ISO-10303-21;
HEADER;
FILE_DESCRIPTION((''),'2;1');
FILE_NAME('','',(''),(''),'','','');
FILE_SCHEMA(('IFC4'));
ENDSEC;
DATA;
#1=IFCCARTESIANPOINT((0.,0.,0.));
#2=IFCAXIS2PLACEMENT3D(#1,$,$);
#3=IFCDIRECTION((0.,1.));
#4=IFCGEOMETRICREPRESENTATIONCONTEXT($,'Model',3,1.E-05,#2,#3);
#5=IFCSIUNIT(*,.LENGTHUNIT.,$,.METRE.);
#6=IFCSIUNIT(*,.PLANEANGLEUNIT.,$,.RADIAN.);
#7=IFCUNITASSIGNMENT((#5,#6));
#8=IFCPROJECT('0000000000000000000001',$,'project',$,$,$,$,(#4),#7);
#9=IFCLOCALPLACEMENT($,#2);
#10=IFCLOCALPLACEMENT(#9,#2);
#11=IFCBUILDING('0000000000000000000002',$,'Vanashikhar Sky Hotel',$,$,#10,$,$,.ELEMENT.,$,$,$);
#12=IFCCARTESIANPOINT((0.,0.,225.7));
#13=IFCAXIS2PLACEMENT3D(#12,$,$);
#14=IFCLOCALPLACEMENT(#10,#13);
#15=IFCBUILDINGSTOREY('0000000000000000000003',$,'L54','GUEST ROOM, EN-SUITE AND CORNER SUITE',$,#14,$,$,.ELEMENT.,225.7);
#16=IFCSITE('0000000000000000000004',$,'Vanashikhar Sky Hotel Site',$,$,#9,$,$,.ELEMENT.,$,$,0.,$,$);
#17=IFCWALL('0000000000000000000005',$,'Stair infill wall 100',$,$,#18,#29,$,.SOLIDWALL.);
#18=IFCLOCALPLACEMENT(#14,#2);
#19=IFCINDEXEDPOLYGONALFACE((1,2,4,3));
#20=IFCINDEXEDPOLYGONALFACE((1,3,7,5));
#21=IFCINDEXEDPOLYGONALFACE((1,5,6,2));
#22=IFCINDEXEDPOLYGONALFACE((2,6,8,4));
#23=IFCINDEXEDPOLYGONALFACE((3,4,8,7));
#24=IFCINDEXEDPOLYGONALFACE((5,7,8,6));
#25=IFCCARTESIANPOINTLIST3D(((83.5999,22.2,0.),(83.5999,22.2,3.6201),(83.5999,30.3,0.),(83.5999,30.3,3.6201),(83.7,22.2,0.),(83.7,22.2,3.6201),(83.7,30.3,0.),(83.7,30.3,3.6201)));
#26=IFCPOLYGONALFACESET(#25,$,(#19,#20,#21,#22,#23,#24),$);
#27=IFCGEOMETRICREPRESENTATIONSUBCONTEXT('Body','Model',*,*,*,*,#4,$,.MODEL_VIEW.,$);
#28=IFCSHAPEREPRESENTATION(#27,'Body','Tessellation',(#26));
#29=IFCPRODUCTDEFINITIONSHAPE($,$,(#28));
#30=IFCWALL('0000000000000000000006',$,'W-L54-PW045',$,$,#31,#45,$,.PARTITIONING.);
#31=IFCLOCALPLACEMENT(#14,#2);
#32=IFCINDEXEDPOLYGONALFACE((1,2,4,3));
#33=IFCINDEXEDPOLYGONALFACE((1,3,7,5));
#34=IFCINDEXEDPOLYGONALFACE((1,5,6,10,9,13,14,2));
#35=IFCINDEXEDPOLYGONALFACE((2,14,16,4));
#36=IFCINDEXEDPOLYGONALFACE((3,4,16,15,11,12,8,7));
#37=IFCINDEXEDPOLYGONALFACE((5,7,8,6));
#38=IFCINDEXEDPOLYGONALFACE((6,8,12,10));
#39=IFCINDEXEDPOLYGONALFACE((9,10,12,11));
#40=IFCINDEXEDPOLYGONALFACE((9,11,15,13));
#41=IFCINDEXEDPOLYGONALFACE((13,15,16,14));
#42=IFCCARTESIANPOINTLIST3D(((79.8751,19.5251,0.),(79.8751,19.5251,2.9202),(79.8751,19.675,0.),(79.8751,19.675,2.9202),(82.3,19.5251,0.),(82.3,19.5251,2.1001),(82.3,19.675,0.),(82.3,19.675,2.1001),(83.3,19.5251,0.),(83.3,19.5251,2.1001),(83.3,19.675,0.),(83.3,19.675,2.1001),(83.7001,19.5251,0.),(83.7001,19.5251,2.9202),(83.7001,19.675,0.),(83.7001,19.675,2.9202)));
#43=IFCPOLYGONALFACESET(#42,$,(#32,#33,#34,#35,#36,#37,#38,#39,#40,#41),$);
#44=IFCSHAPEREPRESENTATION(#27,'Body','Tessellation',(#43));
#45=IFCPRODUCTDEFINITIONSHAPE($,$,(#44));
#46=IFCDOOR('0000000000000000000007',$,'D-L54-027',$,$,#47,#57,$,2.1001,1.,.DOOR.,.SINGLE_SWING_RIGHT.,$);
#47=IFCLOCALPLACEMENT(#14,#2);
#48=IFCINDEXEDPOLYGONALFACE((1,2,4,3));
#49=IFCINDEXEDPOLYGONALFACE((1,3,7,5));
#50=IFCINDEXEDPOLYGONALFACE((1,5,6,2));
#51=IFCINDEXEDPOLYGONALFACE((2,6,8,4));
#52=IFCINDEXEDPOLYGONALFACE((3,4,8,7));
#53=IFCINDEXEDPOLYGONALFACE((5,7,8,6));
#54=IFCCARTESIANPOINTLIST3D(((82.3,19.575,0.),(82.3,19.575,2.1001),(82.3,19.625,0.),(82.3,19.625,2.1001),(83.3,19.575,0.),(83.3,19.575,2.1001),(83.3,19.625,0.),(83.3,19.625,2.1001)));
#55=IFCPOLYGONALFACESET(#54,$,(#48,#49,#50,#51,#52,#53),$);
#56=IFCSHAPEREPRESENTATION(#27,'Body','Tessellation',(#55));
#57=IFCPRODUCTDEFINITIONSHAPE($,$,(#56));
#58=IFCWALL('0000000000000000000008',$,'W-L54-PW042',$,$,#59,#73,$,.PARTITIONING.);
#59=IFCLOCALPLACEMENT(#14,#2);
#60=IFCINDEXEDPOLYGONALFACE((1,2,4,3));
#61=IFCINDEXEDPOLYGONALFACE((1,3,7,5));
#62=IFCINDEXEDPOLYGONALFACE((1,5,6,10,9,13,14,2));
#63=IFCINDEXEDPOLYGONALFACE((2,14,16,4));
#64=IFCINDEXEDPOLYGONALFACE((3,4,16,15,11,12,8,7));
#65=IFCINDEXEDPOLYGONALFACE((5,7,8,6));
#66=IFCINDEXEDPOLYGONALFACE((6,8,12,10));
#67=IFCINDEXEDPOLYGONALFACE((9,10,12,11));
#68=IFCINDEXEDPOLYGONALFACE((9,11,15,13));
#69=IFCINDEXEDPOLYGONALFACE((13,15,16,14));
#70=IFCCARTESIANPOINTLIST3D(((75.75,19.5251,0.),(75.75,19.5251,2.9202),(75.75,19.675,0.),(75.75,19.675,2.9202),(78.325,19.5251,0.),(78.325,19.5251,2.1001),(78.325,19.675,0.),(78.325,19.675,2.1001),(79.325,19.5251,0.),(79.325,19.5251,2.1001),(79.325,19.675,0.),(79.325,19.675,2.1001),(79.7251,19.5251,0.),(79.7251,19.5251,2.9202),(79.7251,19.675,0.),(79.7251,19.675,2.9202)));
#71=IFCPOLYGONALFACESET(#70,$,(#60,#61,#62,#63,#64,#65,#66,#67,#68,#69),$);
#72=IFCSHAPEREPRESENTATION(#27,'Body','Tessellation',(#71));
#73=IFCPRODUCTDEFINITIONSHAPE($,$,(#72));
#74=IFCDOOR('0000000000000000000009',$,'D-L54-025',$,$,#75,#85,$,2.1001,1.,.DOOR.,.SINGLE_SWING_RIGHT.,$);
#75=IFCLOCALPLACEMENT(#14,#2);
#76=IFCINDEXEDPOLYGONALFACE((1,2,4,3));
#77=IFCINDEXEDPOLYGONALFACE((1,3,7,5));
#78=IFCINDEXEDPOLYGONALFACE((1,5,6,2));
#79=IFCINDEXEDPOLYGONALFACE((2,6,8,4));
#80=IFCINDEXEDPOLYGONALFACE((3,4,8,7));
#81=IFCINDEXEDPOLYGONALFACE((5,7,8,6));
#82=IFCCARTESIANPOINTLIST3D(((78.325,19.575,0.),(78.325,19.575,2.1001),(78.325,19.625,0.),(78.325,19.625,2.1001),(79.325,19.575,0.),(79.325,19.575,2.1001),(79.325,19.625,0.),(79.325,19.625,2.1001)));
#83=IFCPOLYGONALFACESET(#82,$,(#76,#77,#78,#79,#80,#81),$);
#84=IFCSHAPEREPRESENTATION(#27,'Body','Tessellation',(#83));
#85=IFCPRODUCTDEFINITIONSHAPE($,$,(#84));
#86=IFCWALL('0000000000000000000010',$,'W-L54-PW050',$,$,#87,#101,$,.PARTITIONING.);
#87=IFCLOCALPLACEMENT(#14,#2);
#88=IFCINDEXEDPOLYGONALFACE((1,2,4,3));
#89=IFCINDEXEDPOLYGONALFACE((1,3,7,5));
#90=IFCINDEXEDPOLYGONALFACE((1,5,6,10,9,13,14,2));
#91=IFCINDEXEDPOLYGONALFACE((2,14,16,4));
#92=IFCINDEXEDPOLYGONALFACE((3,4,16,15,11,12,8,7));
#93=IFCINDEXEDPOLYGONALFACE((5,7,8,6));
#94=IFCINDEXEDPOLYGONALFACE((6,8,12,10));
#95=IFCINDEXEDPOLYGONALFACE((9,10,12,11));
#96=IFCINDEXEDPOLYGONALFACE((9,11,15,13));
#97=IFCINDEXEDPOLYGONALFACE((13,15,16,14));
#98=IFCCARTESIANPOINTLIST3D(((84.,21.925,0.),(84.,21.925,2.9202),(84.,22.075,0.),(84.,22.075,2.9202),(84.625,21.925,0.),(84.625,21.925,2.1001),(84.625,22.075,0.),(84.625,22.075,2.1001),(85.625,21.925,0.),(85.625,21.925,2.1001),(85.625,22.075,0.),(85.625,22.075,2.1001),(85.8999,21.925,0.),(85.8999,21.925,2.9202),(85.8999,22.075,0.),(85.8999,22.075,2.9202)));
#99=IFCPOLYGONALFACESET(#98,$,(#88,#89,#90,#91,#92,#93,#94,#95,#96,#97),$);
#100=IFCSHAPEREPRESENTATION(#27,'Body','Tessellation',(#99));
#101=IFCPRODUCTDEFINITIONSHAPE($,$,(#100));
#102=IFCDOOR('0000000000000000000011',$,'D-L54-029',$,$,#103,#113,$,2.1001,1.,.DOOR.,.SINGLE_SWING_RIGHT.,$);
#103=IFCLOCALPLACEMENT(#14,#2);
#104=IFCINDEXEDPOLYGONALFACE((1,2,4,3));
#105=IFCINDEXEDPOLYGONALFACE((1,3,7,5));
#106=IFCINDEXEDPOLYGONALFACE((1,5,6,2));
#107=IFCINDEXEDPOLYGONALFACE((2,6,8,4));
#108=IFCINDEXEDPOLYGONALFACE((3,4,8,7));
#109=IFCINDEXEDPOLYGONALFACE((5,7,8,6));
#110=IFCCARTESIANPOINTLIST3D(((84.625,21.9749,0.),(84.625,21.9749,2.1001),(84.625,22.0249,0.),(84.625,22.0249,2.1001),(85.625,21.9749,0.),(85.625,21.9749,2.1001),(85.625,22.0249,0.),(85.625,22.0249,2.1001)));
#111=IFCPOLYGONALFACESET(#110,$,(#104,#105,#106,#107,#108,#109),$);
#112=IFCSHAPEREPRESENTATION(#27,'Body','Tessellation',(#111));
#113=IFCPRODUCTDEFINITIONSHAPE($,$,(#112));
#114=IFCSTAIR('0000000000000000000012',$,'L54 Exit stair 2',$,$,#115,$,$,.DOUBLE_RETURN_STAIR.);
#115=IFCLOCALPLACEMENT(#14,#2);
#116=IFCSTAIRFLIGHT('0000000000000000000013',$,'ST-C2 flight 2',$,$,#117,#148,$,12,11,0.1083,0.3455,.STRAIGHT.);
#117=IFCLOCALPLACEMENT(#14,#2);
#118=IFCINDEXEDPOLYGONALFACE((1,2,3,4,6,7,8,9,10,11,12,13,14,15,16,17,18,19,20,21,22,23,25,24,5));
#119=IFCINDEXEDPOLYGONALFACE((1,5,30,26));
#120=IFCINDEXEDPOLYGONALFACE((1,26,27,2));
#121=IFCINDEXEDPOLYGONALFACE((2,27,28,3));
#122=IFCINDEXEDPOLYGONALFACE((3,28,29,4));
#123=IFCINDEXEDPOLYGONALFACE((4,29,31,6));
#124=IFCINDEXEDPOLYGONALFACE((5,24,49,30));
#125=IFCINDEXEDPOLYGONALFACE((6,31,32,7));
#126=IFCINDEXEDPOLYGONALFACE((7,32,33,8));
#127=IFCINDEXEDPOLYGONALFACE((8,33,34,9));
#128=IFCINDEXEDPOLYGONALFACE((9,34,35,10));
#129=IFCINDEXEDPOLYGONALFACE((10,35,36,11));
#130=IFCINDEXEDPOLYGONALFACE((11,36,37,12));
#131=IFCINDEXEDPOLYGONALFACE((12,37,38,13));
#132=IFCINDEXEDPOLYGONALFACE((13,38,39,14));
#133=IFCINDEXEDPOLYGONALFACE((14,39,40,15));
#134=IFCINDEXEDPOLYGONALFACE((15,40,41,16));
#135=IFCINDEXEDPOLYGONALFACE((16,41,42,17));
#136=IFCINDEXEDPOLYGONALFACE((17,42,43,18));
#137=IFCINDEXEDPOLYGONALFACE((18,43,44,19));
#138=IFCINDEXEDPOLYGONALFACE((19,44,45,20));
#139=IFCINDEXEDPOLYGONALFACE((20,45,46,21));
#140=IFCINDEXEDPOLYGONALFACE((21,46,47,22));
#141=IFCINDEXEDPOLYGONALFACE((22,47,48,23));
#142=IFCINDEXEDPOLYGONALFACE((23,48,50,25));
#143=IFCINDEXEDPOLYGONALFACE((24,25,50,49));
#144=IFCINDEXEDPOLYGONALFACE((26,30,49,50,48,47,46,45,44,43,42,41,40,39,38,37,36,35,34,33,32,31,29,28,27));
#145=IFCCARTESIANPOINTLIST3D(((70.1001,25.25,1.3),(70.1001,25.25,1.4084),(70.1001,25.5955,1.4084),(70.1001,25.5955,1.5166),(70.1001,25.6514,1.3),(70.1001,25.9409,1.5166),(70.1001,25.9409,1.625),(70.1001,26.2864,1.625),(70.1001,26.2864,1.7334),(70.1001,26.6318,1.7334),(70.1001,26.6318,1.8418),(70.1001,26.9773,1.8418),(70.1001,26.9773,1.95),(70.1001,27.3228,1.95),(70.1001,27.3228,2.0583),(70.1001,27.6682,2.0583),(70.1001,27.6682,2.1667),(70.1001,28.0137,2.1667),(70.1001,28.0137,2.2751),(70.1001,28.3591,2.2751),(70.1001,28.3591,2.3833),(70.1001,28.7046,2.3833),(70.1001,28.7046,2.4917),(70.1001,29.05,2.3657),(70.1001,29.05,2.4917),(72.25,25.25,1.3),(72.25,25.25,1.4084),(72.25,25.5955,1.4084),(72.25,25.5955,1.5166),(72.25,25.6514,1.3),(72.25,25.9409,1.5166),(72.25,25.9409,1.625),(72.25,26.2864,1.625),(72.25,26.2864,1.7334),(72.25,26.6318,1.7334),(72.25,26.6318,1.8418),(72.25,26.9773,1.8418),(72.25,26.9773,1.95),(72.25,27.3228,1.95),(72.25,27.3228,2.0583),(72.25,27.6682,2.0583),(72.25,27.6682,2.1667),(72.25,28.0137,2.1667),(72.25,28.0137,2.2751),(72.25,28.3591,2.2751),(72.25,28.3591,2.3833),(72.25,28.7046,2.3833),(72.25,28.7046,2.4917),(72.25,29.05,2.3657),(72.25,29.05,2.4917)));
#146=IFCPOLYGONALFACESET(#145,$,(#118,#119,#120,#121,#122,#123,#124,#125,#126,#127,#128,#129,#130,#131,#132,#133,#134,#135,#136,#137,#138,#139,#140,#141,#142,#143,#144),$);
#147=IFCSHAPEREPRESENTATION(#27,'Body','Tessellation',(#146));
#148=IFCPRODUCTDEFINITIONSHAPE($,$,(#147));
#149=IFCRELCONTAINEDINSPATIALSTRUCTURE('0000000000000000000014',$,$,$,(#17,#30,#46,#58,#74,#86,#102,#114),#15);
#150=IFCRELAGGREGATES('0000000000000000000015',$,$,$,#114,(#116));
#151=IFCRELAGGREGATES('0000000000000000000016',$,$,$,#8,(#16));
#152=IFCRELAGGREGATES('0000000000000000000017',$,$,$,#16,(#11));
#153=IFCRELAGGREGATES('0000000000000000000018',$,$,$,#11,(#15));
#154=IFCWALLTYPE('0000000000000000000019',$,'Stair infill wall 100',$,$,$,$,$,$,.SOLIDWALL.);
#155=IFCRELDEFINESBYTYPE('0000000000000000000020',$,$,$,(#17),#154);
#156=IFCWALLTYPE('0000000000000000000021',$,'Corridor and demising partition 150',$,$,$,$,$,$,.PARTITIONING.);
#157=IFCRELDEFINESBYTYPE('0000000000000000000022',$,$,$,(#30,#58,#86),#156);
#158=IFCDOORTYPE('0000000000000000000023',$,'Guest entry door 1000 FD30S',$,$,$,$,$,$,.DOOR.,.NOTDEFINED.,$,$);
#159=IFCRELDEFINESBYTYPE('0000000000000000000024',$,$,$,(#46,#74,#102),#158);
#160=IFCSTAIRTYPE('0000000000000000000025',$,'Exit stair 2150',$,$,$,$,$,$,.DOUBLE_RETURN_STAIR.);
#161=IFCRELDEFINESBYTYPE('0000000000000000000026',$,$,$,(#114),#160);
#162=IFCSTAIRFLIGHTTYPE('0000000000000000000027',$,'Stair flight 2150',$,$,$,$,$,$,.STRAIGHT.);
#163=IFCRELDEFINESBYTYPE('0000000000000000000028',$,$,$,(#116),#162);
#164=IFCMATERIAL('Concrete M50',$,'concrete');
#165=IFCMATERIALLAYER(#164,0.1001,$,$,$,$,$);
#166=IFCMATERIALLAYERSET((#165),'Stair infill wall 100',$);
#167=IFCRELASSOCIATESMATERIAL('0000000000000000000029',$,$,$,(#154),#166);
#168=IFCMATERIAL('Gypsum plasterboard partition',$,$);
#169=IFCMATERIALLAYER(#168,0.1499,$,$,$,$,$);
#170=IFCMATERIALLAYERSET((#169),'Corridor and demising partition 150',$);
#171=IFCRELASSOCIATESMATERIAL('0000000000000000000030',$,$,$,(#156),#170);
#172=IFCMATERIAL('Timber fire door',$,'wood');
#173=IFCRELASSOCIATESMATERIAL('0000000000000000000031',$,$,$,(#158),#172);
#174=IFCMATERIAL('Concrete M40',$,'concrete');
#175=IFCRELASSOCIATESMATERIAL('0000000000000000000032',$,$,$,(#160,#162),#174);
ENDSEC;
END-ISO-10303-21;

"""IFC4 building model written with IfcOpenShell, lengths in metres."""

from ifc_helpers import new_model, si_unit, direction, frame, frame_2d, origin, place, context, subcontext, project, spatial, polyline, rectangle, outline, extrude, source, transform, mapped, material, layer, layer_set, type_object, element, fill, aggregate, save


model = new_model("IFC4")

# Units and contexts
model_context = context("Model", 3, precision=1e-05, world=origin(), true_north=direction((0.0, 1.0)))
body_context = subcontext(model_context, "Body", "Model", "MODEL_VIEW")
ifc_project = project(units=[si_unit("LENGTHUNIT", "METRE"), si_unit("PLANEANGLEUNIT", "RADIAN")], contexts=[model_context])

# Site, building, storey
site_placement = place(None, origin())
site = spatial("IfcSite", under=ifc_project, at=site_placement, Name="Vanashikhar Sky Hotel Site", CompositionType="ELEMENT", RefElevation=0.0)
building_placement = place(site_placement, origin())
building = spatial("IfcBuilding", under=site, at=building_placement, Name="Vanashikhar Sky Hotel", CompositionType="ELEMENT")
storey_placement = place(building_placement, frame((0.0, 0.0, 225.7)))
storey = spatial("IfcBuildingStorey", under=building, at=storey_placement, Name="L54", Description="GUEST ROOM, EN-SUITE AND CORNER SUITE", CompositionType="ELEMENT", Elevation=225.7)

# Shared definitions
ifc_material_1 = material(Name="Concrete M50", Category="concrete")

# Wall
ifc_layer_1 = layer(ifc_material_1, 0.1001)
ifc_layer_set_1 = layer_set([ifc_layer_1], Name="Stair infill wall 100")
wall_type_1 = type_object("IfcWallType", Name="Stair infill wall 100", PredefinedType="SOLIDWALL", material=ifc_layer_set_1)
shared_shape_1 = source(origin(), body_context, "Body", "SweptSolid", [
    extrude(rectangle(XDim=8.1001, YDim=0.1001, at=frame_2d((4.05, 0.0))), origin(), (0.0, 0.0, 1.0), 3.6201),
])
wall_1_placement = place(storey_placement, frame((83.6499, 22.2, 0.0), z_axis=(0.0, 0.0, 1.0), x_axis=(0.0, 1.0, 0.0)))
element("IfcWall", 1, at=wall_1_placement, inside=storey, type_object=wall_type_1, Name="Stair infill wall 100", PredefinedType="SOLIDWALL", context=body_context, shape_type="MappedRepresentation", body=[
    mapped(shared_shape_1, transform((0.0, 0.0, 0.0), scale=1.0)),
])

# Walls, openings, doors
ifc_material_2 = material(Name="Gypsum plasterboard partition")
ifc_layer_2 = layer(ifc_material_2, 0.1499)
ifc_layer_set_2 = layer_set([ifc_layer_2], Name="Corridor and demising partition 150")
wall_type_2 = type_object("IfcWallType", Name="Corridor and demising partition 150", PredefinedType="PARTITIONING", material=ifc_layer_set_2)
shared_shape_2 = source(origin(), body_context, "Body", "SweptSolid", [
    extrude(rectangle(XDim=3.825, YDim=0.1499, at=frame_2d((1.9126, 0.0))), origin(), (0.0, 0.0, 1.0), 2.9202),
])
wall_2_placement = place(storey_placement, frame((79.875, 19.6001, 0.0), z_axis=(0.0, 0.0, 1.0), x_axis=(1.0, 0.0, 0.0)))
wall_2 = element("IfcWall", 2, at=wall_2_placement, inside=storey, type_object=wall_type_2, Name="W-L54-PW045", PredefinedType="PARTITIONING", context=body_context, shape_type="MappedRepresentation", body=[
    mapped(shared_shape_2, transform((0.0, 0.0, 0.0), scale=1.0)),
])
shared_shape_3 = source(origin(), body_context, "Body", "SweptSolid", [
    extrude(rectangle(XDim=1.0, YDim=2.1001, at=frame_2d((0.5, 1.05))), frame((0.0, 0.085, 0.0), z_axis=(0.0, -1.0, 0.0), x_axis=(1.0, 0.0, 0.0)), (0.0, 0.0, 1.0), 0.1699),
])
opening_1_placement = place(wall_2_placement, frame((2.425, 0.0, 0.0)))
opening_1 = element("IfcOpeningElement", 3, at=opening_1_placement, cuts=wall_2, PredefinedType="OPENING", context=body_context, shape_type="MappedRepresentation", body=[
    mapped(shared_shape_3, transform((0.0, 0.0, 0.0), scale=1.0)),
])
ifc_material_3 = material(Name="Timber fire door", Category="wood")
door_type_1 = type_object("IfcDoorType", Name="Guest entry door 1000 FD30S", OperationType="NOTDEFINED", PredefinedType="DOOR", material=ifc_material_3)
shared_shape_4 = source(origin(), body_context, "Body", "SweptSolid", [
    extrude(rectangle(XDim=1.0, YDim=2.1001, at=frame_2d((0.5, 1.05))), frame((0.0, 0.0249, 0.0), z_axis=(0.0, -1.0, 0.0), x_axis=(1.0, 0.0, 0.0)), (0.0, 0.0, 1.0), 0.05),
])
door_1_placement = place(opening_1_placement, origin())
door_1 = element("IfcDoor", 4, at=door_1_placement, inside=storey, type_object=door_type_1, Name="D-L54-027", OperationType="SINGLE_SWING_RIGHT", OverallHeight=2.1001, OverallWidth=1.0, PredefinedType="DOOR", context=body_context, shape_type="MappedRepresentation", body=[
    mapped(shared_shape_4, transform((0.0, 0.0, 0.0), scale=1.0)),
])
fill(opening_1, door_1)
shared_shape_5 = source(origin(), body_context, "Body", "SweptSolid", [
    extrude(rectangle(XDim=3.9751, YDim=0.1499, at=frame_2d((1.9875, 0.0))), origin(), (0.0, 0.0, 1.0), 2.9202),
])
wall_3_placement = place(storey_placement, frame((75.75, 19.6001, 0.0), z_axis=(0.0, 0.0, 1.0), x_axis=(1.0, 0.0, 0.0)))
wall_3 = element("IfcWall", 5, at=wall_3_placement, inside=storey, type_object=wall_type_2, Name="W-L54-PW042", PredefinedType="PARTITIONING", context=body_context, shape_type="MappedRepresentation", body=[
    mapped(shared_shape_5, transform((0.0, 0.0, 0.0), scale=1.0)),
])
opening_2_placement = place(wall_3_placement, frame((2.575, 0.0, 0.0)))
opening_2 = element("IfcOpeningElement", 6, at=opening_2_placement, cuts=wall_3, PredefinedType="OPENING", context=body_context, shape_type="MappedRepresentation", body=[
    mapped(shared_shape_3, transform((0.0, 0.0, 0.0), scale=1.0)),
])
door_2_placement = place(opening_2_placement, origin())
door_2 = element("IfcDoor", 7, at=door_2_placement, inside=storey, type_object=door_type_1, Name="D-L54-025", OperationType="SINGLE_SWING_RIGHT", OverallHeight=2.1001, OverallWidth=1.0, PredefinedType="DOOR", context=body_context, shape_type="MappedRepresentation", body=[
    mapped(shared_shape_4, transform((0.0, 0.0, 0.0), scale=1.0)),
])
fill(opening_2, door_2)
shared_shape_6 = source(origin(), body_context, "Body", "SweptSolid", [
    extrude(rectangle(XDim=1.8999, YDim=0.1499, at=frame_2d((0.95, 0.0))), origin(), (0.0, 0.0, 1.0), 2.9202),
])
wall_4_placement = place(storey_placement, frame((84.0, 22.0, 0.0), z_axis=(0.0, 0.0, 1.0), x_axis=(1.0, 0.0, 0.0)))
wall_4 = element("IfcWall", 8, at=wall_4_placement, inside=storey, type_object=wall_type_2, Name="W-L54-PW050", PredefinedType="PARTITIONING", context=body_context, shape_type="MappedRepresentation", body=[
    mapped(shared_shape_6, transform((0.0, 0.0, 0.0), scale=1.0)),
])
opening_3_placement = place(wall_4_placement, frame((0.625, 0.0, 0.0)))
opening_3 = element("IfcOpeningElement", 9, at=opening_3_placement, cuts=wall_4, PredefinedType="OPENING", context=body_context, shape_type="MappedRepresentation", body=[
    mapped(shared_shape_3, transform((0.0, 0.0, 0.0), scale=1.0)),
])
door_3_placement = place(opening_3_placement, origin())
door_3 = element("IfcDoor", 10, at=door_3_placement, inside=storey, type_object=door_type_1, Name="D-L54-029", OperationType="SINGLE_SWING_RIGHT", OverallHeight=2.1001, OverallWidth=1.0, PredefinedType="DOOR", context=body_context, shape_type="MappedRepresentation", body=[
    mapped(shared_shape_4, transform((0.0, 0.0, 0.0), scale=1.0)),
])
fill(opening_3, door_3)

# Stair, stair flight
ifc_material_4 = material(Name="Concrete M40", Category="concrete")
stair_type = type_object("IfcStairType", Name="Exit stair 2150", PredefinedType="DOUBLE_RETURN_STAIR", material=ifc_material_4)
stair_1_placement = place(storey_placement, origin())
stair_1 = element("IfcStair", 11, at=stair_1_placement, inside=storey, type_object=stair_type, Name="L54 Exit stair 2", PredefinedType="DOUBLE_RETURN_STAIR")
stair_flight_type = type_object("IfcStairFlightType", Name="Stair flight 2150", PredefinedType="STRAIGHT", material=ifc_material_4)
shared_shape_7 = source(origin(), body_context, "Body", "SweptSolid", [
    extrude(outline(polyline([(0.0, 0.0), (0.0, 0.1084), (0.3455, 0.1084), (0.3455, 0.2166), (0.6909, 0.2166), (0.6909, 0.325), (1.0364, 0.325), (1.0364, 0.4333), (1.3818, 0.4333), (1.3818, 0.5417), (1.7273, 0.5417), (1.7273, 0.6499), (2.0728, 0.6499), (2.0728, 0.7583), (2.4182, 0.7583), (2.4182, 0.8667), (2.7637, 0.8667), (2.7637, 0.9751), (3.1091, 0.9751), (3.1091, 1.0833), (3.4546, 1.0833), (3.4546, 1.1917), (3.8, 1.1917), (3.8, 1.3), (3.8, 1.0657), (0.4014, 0.0), (0.0, 0.0)])), frame((0.0, 1.075, 0.0), z_axis=(0.0, -1.0, 0.0), x_axis=(1.0, 0.0, 0.0)), (0.0, 0.0, 1.0), 2.1499),
])
stair_flight_1_placement = place(storey_placement, frame((71.175, 25.25, 1.3), z_axis=(0.0, 0.0, 1.0), x_axis=(0.0, 1.0, 0.0)))
stair_flight_1 = element("IfcStairFlight", 12, at=stair_flight_1_placement, type_object=stair_flight_type, Name="ST-C2 flight 2", NumberOfRisers=12, NumberOfTreads=11, PredefinedType="STRAIGHT", RiserHeight=0.1083, TreadLength=0.3455, context=body_context, shape_type="MappedRepresentation", body=[
    mapped(shared_shape_7, transform((0.0, 0.0, 0.0), scale=1.0)),
])
aggregate(stair_1, [stair_flight_1])

save(model, "model.ifc")
